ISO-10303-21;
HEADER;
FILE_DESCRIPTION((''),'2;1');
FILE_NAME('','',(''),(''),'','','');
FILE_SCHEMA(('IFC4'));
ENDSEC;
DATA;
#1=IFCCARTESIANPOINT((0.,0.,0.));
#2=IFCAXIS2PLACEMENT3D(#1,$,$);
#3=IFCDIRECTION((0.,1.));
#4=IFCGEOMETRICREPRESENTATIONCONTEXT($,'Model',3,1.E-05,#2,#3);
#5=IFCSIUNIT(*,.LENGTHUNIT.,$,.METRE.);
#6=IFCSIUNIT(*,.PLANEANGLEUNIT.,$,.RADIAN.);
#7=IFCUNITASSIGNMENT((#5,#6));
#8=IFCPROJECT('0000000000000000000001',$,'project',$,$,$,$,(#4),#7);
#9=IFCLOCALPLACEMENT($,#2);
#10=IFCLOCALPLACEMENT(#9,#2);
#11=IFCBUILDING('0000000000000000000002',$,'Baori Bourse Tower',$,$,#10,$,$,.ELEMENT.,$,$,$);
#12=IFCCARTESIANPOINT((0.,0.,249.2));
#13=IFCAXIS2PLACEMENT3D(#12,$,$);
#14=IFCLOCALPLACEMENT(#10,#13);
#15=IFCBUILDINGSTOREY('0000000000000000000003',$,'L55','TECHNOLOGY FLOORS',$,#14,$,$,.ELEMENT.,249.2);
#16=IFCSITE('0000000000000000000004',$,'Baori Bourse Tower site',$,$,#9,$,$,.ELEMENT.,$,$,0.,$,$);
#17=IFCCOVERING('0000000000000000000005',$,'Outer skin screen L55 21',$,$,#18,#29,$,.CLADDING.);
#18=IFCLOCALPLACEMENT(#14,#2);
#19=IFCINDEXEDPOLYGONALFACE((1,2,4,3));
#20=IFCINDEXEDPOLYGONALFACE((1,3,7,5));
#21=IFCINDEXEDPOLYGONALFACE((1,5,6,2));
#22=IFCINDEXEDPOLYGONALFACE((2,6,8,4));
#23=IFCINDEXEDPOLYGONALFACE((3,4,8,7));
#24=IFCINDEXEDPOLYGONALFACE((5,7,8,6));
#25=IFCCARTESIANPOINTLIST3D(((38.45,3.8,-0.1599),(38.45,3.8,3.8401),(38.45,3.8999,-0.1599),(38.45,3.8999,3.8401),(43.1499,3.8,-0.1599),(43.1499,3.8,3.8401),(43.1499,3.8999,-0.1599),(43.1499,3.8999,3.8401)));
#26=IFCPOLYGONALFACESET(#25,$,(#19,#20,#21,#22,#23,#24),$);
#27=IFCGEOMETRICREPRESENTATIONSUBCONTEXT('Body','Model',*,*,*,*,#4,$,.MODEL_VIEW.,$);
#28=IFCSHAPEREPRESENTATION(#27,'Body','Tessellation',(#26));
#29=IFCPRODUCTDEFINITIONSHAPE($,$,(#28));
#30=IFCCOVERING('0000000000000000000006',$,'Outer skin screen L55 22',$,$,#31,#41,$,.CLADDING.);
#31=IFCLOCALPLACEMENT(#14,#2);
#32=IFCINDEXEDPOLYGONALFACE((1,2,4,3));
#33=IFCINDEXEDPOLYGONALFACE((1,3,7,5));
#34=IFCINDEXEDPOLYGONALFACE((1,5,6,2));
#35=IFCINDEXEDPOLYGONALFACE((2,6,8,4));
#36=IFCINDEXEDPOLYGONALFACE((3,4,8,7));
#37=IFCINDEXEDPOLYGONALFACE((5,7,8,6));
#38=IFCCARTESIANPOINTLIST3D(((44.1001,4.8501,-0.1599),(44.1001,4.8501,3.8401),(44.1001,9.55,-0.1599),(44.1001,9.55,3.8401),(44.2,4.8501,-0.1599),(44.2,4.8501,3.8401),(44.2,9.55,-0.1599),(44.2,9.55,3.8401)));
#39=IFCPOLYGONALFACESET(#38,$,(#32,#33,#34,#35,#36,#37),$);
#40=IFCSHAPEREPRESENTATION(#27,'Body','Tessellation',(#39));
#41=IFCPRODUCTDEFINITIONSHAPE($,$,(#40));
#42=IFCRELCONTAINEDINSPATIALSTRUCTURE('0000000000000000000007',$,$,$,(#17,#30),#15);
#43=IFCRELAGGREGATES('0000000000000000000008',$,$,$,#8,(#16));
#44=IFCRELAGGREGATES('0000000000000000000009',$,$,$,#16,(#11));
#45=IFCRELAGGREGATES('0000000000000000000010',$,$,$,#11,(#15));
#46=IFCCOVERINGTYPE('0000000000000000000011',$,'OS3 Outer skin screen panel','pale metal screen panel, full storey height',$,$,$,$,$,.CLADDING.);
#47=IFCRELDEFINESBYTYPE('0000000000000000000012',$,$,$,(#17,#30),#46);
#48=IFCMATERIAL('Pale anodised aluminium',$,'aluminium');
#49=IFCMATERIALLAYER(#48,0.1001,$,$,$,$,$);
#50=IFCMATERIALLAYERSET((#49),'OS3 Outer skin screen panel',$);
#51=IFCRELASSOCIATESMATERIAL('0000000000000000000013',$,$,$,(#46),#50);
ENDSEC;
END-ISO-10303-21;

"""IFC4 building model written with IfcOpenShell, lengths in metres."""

from ifc_helpers import new_model, si_unit, direction, frame, origin, place, context, subcontext, project, spatial, polyline, outline, extrude, material, layer, layer_set, type_object, element, save


model = new_model("IFC4")

# Units and contexts
model_context = context("Model", 3, precision=1e-05, world=origin(), true_north=direction((0.0, 1.0)))
body_context = subcontext(model_context, "Body", "Model", "MODEL_VIEW")
ifc_project = project(units=[si_unit("LENGTHUNIT", "METRE"), si_unit("PLANEANGLEUNIT", "RADIAN")], contexts=[model_context])

# Site, building, storey
site_placement = place(None, origin())
site = spatial("IfcSite", under=ifc_project, at=site_placement, Name="Baori Bourse Tower site", CompositionType="ELEMENT", RefElevation=0.0)
building_placement = place(site_placement, origin())
building = spatial("IfcBuilding", under=site, at=building_placement, Name="Baori Bourse Tower", CompositionType="ELEMENT")
storey_placement = place(building_placement, frame((0.0, 0.0, 249.2)))
storey = spatial("IfcBuildingStorey", under=building, at=storey_placement, Name="L55", Description="TECHNOLOGY FLOORS", CompositionType="ELEMENT", Elevation=249.2)

# Coverings
ifc_material_1 = material(Name="Pale anodised aluminium", Category="aluminium")
ifc_layer_1 = layer(ifc_material_1, 0.1001)
ifc_layer_set_1 = layer_set([ifc_layer_1], Name="OS3 Outer skin screen panel")
covering_type = type_object("IfcCoveringType", Name="OS3 Outer skin screen panel", Description="pale metal screen panel, full storey height", PredefinedType="CLADDING", material=ifc_layer_set_1)
covering_1_placement = place(storey_placement, frame((0.0, 0.0, -0.1599)))
element("IfcCovering", 1, at=covering_1_placement, inside=storey, type_object=covering_type, Name="Outer skin screen L55 21", PredefinedType="CLADDING", context=body_context, shape_type="SweptSolid", body=[
    extrude(outline(polyline([(43.1499, 3.8999), (38.45, 3.8999), (38.45, 3.8), (43.1499, 3.8), (43.1499, 3.8999)])), origin(), (0.0, 0.0, 1.0), 4.0),
])
covering_2_placement = place(storey_placement, frame((0.0, 0.0, -0.1599)))
element("IfcCovering", 2, at=covering_2_placement, inside=storey, type_object=covering_type, Name="Outer skin screen L55 22", PredefinedType="CLADDING", context=body_context, shape_type="SweptSolid", body=[
    extrude(outline(polyline([(44.1001, 9.55), (44.1001, 4.8501), (44.2, 4.8501), (44.2, 9.55), (44.1001, 9.55)])), origin(), (0.0, 0.0, 1.0), 4.0),
])

save(model, "model.ifc")
